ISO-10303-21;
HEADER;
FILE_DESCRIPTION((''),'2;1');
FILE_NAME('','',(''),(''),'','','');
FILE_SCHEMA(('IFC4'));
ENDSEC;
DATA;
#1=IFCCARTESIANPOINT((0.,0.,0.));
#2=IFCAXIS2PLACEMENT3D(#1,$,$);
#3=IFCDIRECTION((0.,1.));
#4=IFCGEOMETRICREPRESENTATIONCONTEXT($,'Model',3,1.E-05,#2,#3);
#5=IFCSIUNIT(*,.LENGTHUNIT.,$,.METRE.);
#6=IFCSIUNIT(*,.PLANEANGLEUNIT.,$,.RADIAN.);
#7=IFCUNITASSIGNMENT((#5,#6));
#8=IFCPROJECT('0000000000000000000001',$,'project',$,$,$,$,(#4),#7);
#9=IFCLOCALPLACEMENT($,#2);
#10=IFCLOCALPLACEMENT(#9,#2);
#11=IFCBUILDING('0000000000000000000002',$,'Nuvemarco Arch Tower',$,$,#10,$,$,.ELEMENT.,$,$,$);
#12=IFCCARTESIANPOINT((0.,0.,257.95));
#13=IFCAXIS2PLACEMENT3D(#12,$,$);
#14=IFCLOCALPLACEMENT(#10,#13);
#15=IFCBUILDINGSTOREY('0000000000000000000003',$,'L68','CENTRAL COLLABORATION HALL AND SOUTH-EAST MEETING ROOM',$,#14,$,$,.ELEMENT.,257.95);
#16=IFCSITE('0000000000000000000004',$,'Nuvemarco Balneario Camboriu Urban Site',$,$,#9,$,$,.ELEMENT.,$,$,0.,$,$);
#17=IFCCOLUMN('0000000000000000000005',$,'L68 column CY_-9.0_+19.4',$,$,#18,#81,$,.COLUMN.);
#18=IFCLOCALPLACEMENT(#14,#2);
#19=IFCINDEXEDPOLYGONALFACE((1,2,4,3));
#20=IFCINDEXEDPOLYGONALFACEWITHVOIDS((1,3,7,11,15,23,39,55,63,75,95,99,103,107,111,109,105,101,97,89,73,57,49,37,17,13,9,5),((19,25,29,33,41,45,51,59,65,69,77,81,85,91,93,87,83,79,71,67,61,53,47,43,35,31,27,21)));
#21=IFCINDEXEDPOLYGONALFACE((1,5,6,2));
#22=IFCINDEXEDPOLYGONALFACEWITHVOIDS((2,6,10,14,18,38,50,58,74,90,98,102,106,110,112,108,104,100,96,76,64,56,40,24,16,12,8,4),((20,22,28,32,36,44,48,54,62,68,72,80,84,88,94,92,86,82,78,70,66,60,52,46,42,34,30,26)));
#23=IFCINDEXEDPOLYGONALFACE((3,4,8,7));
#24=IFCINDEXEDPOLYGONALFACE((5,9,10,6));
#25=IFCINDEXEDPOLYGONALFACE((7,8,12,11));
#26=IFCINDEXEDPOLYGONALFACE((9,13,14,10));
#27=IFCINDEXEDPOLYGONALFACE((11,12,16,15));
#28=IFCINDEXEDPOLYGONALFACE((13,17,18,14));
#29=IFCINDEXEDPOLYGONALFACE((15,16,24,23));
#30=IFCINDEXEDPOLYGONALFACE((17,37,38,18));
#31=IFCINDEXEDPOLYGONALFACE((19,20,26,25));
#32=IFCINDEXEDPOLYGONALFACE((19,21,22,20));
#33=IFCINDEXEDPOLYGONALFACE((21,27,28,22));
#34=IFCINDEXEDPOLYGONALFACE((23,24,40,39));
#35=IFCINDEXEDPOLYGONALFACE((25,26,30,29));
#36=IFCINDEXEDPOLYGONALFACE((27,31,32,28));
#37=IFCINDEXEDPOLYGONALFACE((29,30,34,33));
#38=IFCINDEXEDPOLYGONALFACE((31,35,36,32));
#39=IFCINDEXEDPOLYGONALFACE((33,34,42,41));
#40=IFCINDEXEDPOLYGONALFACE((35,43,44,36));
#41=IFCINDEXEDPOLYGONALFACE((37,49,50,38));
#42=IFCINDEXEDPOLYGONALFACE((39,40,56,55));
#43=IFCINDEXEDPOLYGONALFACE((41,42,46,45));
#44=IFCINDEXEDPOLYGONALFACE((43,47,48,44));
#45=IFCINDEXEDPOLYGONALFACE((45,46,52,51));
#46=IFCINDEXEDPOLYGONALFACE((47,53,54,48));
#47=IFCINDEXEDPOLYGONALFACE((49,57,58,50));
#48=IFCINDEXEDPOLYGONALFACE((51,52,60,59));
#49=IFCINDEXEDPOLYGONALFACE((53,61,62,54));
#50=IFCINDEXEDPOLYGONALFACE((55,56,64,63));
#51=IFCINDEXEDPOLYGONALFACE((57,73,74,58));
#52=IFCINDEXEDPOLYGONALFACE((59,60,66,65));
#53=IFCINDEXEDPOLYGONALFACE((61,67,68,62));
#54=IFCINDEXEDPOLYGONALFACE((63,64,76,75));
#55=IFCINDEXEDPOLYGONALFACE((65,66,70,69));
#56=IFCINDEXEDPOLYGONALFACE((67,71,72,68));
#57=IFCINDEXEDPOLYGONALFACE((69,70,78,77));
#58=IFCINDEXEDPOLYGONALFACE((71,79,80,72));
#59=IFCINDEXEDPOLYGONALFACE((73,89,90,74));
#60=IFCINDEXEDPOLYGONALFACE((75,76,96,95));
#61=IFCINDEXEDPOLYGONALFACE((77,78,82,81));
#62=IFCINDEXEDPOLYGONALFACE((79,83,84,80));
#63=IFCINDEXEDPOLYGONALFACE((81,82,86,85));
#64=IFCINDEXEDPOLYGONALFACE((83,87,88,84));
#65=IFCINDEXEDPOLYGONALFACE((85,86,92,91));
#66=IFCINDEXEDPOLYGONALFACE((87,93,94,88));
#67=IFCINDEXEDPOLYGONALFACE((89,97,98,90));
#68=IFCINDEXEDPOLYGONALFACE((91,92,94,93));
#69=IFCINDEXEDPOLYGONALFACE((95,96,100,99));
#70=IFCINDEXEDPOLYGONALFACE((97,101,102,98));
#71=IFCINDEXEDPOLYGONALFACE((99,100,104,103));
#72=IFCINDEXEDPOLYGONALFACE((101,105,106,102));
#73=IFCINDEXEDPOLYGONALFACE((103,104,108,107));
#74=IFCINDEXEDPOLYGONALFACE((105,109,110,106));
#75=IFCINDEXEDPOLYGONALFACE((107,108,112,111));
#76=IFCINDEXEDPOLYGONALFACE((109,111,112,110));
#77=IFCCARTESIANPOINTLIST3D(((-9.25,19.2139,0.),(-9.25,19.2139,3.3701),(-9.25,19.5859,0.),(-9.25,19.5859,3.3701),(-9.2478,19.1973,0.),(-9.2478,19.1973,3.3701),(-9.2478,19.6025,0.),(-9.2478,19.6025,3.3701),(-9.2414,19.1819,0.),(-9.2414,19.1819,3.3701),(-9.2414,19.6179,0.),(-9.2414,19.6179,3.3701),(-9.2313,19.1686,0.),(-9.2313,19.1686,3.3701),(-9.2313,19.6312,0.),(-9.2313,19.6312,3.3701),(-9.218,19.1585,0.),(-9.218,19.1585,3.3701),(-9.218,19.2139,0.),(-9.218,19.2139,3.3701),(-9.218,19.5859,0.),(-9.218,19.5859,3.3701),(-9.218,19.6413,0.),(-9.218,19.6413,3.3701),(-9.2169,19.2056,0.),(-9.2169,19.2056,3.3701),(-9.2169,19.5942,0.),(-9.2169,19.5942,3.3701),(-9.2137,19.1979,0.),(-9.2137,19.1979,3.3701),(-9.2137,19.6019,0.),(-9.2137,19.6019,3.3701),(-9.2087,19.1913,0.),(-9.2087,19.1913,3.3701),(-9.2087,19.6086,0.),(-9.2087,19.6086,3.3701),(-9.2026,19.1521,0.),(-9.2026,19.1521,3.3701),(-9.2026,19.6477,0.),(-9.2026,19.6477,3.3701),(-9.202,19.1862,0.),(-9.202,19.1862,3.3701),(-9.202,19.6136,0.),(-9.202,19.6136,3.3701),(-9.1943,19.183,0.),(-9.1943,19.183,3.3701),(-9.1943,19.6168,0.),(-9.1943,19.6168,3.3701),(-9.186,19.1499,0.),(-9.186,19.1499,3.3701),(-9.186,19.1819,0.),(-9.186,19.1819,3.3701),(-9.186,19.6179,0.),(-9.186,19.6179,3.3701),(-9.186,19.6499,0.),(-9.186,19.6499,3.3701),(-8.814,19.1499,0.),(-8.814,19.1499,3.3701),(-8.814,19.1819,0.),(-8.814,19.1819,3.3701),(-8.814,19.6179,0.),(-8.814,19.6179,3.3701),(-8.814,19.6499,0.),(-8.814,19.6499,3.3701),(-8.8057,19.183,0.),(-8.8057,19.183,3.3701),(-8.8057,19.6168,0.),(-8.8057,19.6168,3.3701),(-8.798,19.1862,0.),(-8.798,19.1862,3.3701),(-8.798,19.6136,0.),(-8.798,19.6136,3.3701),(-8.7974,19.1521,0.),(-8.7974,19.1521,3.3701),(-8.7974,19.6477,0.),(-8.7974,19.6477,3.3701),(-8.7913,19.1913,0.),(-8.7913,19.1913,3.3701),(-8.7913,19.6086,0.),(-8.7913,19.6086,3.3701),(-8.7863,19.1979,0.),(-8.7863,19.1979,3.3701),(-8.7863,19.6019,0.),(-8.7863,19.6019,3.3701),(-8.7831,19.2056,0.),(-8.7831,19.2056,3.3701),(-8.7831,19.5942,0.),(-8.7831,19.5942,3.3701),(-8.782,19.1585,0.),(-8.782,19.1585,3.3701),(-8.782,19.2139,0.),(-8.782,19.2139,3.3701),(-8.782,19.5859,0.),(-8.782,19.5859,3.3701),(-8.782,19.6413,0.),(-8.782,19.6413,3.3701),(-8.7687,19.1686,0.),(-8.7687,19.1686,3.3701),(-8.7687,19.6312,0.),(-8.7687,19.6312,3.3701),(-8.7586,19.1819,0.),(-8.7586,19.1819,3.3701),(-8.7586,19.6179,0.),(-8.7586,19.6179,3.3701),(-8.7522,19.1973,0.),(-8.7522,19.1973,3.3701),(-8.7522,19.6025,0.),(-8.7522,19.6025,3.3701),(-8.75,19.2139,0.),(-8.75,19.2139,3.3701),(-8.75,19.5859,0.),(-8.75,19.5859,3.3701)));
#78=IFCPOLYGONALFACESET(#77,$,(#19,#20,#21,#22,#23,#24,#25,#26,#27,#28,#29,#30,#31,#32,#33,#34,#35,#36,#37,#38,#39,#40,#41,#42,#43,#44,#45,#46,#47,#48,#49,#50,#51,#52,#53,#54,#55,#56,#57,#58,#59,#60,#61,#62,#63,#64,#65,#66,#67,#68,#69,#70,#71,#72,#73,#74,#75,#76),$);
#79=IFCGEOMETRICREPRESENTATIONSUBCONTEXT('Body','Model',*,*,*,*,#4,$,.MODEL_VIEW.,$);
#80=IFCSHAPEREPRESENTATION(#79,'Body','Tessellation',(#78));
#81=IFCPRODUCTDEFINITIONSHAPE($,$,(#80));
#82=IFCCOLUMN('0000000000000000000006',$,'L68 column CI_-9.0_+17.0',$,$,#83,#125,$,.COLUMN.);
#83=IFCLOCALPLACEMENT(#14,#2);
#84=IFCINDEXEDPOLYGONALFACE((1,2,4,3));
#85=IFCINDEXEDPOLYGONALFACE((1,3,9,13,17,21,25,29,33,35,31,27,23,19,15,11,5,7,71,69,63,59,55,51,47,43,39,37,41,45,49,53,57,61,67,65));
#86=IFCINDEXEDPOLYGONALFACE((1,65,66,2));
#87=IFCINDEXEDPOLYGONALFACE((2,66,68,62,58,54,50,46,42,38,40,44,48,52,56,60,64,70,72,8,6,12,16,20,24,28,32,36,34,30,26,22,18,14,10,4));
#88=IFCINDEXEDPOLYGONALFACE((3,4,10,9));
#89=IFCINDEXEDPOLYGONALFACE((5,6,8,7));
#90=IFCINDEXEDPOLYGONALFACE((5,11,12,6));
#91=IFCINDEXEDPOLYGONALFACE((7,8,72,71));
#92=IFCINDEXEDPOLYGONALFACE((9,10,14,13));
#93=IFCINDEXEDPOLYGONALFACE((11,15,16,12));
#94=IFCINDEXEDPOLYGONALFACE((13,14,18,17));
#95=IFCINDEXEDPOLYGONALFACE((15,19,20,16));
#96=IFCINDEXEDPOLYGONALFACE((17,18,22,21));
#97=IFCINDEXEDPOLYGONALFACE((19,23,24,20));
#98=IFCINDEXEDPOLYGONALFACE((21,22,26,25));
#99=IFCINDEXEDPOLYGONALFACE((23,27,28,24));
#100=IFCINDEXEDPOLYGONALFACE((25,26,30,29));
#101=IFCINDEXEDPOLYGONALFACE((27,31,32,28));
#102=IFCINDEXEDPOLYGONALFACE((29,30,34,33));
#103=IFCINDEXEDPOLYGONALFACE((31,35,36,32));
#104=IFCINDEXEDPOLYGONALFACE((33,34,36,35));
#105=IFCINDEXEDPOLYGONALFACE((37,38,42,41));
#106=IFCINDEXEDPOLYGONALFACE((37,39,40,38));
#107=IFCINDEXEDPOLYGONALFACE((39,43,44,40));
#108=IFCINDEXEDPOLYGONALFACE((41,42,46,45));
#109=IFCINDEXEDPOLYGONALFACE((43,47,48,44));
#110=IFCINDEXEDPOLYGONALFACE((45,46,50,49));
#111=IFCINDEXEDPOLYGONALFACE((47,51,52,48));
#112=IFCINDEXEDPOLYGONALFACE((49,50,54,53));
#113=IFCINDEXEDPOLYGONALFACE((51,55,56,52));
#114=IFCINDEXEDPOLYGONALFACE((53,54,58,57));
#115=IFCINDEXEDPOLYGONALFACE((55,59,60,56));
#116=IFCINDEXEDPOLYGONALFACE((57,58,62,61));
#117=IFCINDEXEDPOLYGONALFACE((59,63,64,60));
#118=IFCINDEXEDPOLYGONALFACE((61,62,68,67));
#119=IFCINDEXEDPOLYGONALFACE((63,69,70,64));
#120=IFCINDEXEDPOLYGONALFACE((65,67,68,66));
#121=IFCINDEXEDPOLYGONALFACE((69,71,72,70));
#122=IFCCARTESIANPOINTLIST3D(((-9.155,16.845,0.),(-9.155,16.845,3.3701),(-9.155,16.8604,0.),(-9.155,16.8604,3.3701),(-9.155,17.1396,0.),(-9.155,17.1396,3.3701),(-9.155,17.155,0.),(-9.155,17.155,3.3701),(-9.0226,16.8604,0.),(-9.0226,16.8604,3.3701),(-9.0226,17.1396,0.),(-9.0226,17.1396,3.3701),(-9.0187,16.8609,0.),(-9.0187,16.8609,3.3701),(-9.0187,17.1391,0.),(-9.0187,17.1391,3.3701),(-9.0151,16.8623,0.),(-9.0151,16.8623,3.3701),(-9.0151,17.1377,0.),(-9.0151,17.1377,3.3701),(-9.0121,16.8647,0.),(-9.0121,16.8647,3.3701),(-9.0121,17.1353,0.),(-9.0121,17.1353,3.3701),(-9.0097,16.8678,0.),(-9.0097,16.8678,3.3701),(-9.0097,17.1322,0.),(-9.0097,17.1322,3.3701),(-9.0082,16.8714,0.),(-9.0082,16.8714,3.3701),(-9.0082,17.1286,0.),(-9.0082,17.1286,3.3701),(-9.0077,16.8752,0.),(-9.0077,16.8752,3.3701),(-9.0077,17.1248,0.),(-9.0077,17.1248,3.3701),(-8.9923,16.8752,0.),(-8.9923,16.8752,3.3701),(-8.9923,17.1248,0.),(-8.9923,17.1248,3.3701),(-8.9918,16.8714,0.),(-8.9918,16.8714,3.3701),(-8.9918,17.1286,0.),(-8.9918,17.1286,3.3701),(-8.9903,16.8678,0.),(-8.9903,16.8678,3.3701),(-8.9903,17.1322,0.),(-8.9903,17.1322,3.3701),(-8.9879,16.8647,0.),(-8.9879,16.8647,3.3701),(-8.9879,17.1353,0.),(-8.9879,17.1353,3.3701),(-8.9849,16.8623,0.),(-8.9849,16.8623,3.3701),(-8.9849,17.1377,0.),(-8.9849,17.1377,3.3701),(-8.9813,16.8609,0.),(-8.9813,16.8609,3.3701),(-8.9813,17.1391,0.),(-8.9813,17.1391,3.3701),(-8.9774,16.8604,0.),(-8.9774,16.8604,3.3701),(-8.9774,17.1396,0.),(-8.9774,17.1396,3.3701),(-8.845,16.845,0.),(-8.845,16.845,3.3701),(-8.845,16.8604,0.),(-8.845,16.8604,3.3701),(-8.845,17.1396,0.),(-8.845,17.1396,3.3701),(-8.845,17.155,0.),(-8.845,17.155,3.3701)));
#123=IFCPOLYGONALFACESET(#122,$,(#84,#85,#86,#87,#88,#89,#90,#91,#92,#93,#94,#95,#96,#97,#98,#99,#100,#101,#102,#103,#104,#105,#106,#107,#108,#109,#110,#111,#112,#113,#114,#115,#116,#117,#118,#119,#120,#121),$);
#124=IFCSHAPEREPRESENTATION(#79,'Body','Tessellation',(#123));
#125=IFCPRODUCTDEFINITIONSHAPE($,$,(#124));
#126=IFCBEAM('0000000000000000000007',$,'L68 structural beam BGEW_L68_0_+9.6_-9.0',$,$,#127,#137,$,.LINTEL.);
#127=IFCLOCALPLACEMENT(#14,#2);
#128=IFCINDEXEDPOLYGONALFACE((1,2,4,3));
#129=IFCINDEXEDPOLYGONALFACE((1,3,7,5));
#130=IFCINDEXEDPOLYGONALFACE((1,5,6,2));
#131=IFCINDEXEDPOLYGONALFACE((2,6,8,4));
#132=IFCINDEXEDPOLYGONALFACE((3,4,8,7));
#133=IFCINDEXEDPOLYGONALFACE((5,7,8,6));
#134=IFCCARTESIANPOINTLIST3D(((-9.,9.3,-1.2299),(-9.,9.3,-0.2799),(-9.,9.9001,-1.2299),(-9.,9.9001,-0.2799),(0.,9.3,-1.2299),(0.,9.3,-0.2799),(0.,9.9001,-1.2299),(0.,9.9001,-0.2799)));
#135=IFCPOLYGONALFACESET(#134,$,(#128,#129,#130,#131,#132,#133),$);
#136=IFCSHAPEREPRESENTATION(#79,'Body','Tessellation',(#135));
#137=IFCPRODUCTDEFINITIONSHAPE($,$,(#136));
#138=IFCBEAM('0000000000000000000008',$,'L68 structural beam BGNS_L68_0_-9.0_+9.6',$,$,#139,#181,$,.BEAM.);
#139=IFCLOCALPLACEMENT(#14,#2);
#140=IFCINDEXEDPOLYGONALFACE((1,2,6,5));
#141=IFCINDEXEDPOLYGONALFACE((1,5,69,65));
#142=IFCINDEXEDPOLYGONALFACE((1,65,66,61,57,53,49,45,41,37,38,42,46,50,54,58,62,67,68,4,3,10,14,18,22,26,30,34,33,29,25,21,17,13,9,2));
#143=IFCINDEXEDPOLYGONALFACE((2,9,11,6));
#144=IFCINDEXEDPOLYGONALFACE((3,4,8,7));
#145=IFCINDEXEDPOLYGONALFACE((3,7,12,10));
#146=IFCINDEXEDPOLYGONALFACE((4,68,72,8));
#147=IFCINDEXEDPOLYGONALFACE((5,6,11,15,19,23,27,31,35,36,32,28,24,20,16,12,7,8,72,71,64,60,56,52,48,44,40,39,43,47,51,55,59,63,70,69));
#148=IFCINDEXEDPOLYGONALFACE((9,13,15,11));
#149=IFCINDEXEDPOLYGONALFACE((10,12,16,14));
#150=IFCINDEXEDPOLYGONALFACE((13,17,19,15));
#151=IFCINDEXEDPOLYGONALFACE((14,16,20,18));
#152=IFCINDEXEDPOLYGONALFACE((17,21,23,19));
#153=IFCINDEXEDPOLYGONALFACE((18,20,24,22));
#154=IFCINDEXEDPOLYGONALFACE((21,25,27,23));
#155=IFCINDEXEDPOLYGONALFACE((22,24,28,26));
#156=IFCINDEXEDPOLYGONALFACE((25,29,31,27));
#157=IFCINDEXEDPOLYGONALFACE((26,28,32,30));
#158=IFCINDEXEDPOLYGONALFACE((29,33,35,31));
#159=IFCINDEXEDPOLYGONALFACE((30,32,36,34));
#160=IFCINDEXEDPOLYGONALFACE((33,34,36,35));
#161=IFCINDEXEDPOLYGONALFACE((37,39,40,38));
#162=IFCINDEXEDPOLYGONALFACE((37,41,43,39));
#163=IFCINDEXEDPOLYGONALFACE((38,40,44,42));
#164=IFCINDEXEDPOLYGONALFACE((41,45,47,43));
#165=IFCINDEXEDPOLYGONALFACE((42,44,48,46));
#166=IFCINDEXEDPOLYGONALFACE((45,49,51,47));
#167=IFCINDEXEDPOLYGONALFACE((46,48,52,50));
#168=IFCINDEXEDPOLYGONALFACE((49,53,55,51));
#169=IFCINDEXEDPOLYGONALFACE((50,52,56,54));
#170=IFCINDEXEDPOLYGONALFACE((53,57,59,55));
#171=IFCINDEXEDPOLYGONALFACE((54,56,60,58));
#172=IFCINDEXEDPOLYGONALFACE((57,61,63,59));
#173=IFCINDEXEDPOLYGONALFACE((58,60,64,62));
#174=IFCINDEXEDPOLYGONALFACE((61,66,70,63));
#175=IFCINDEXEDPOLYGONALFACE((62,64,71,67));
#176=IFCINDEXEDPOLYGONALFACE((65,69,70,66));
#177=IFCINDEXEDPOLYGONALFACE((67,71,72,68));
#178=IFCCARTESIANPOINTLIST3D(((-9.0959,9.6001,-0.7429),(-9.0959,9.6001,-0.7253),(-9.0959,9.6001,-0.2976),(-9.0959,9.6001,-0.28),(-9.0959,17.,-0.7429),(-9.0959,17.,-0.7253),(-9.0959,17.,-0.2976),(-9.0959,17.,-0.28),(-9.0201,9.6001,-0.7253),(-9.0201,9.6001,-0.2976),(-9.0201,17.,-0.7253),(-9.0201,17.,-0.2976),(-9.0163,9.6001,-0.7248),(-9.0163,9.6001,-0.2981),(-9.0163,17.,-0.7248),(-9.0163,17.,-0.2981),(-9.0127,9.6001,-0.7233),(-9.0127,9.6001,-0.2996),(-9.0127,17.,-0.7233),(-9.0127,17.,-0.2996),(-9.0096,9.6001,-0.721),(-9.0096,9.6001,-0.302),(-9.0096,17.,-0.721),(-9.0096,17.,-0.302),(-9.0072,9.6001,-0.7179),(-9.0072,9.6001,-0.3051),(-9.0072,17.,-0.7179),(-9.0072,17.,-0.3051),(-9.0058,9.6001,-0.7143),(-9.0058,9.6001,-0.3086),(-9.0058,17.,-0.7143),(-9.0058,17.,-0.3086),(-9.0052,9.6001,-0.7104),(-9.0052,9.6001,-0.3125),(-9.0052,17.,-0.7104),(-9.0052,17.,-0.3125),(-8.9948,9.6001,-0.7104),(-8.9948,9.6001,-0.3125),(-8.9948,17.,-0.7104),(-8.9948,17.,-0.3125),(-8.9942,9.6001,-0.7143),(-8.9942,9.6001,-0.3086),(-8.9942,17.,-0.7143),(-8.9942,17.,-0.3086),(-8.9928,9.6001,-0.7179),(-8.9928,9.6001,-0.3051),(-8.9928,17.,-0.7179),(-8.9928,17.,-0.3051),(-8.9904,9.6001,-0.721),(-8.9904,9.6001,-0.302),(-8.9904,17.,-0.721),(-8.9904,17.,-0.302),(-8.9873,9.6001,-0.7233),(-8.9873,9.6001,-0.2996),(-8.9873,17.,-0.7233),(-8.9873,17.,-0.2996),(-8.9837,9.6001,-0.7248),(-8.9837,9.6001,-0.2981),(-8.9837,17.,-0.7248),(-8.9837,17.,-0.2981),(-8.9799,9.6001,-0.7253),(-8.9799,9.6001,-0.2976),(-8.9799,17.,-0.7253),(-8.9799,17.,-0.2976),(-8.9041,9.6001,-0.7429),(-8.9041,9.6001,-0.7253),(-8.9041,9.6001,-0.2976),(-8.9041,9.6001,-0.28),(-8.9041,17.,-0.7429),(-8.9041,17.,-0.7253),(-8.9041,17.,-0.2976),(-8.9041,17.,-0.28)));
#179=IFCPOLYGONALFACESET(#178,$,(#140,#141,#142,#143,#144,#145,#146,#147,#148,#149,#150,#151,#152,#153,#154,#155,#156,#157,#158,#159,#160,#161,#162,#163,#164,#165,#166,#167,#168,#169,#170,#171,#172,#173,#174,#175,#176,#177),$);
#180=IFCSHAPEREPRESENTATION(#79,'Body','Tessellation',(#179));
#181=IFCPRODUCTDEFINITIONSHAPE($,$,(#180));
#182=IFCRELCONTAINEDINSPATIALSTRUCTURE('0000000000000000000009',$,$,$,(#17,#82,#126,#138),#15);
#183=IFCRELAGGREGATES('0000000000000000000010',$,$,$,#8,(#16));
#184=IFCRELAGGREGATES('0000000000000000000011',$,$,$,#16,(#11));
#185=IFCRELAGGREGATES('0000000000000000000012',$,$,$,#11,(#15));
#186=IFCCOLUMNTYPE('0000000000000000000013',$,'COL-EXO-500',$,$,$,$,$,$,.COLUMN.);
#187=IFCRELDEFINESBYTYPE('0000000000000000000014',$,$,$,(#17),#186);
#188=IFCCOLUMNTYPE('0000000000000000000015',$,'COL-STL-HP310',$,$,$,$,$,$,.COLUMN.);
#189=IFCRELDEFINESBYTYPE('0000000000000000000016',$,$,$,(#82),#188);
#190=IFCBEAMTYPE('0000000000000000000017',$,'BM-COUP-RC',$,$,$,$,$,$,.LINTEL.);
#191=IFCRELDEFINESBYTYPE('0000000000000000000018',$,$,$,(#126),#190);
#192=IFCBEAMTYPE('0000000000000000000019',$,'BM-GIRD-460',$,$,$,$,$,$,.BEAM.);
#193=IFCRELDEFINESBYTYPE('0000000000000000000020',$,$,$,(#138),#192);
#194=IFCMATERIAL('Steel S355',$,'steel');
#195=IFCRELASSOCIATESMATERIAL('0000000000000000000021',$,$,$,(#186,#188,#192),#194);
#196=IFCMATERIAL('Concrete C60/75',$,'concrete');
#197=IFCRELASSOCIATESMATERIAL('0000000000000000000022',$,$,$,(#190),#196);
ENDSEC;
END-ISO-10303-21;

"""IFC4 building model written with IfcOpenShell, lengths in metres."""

from ifc_helpers import new_model, si_unit, direction, frame, origin, origin_2d, place, context, subcontext, project, spatial, rectangle, hollow_rectangle, i_section, extrude, material, material_profile, profile_set, type_object, element, save


model = new_model("IFC4")

# Units and contexts
model_context = context("Model", 3, precision=1e-05, world=origin(), true_north=direction((0.0, 1.0)))
body_context = subcontext(model_context, "Body", "Model", "MODEL_VIEW")
ifc_project = project(units=[si_unit("LENGTHUNIT", "METRE"), si_unit("PLANEANGLEUNIT", "RADIAN")], contexts=[model_context])

# Site, building, storey
site_placement = place(None, origin())
site = spatial("IfcSite", under=ifc_project, at=site_placement, Name="Nuvemarco Balneario Camboriu Urban Site", CompositionType="ELEMENT", RefElevation=0.0)
building_placement = place(site_placement, origin())
building = spatial("IfcBuilding", under=site, at=building_placement, Name="Nuvemarco Arch Tower", CompositionType="ELEMENT")
storey_placement = place(building_placement, frame((0.0, 0.0, 257.95)))
storey = spatial("IfcBuildingStorey", under=building, at=storey_placement, Name="L68", Description="CENTRAL COLLABORATION HALL AND SOUTH-EAST MEETING ROOM", CompositionType="ELEMENT", Elevation=257.95)

# Columns
ifc_material_1 = material(Name="Steel S355", Category="steel")
ifc_material_profile_1 = material_profile(ifc_material_1, hollow_rectangle(XDim=0.5, YDim=0.5, WallThickness=0.032, InnerFilletRadius=0.032, OuterFilletRadius=0.064, at=origin_2d()), Name="SHS500x500x32")
ifc_profile_set_1 = profile_set([ifc_material_profile_1], Name="Steel S355")
column_type_1 = type_object("IfcColumnType", Name="COL-EXO-500", PredefinedType="COLUMN", material=ifc_profile_set_1)
column_1_placement = place(storey_placement, frame((-9.0, 19.3999, 0.0), z_axis=(0.0, 0.0, 1.0), x_axis=(1.0, 0.0, 0.0)))
element("IfcColumn", 1, at=column_1_placement, inside=storey, type_object=column_type_1, Name="L68 column CY_-9.0_+19.4", PredefinedType="COLUMN", context=body_context, shape_type="SweptSolid", body=[
    extrude(hollow_rectangle(XDim=0.5, YDim=0.5, WallThickness=0.032, InnerFilletRadius=0.032, OuterFilletRadius=0.064, at=origin_2d()), origin(), (0.0, 0.0, 1.0), 3.3701),
])
ifc_material_profile_2 = material_profile(ifc_material_1, i_section(OverallWidth=0.3101, OverallDepth=0.3101, WebThickness=0.0154, FlangeThickness=0.0154, FilletRadius=0.0149, at=origin_2d()), Name="HP310x110")
ifc_profile_set_2 = profile_set([ifc_material_profile_2], Name="Steel S355")
column_type_2 = type_object("IfcColumnType", Name="COL-STL-HP310", PredefinedType="COLUMN", material=ifc_profile_set_2)
column_2_placement = place(storey_placement, frame((-9.0, 17.0, 0.0), z_axis=(0.0, 0.0, 1.0), x_axis=(1.0, 0.0, 0.0)))
element("IfcColumn", 2, at=column_2_placement, inside=storey, type_object=column_type_2, Name="L68 column CI_-9.0_+17.0", PredefinedType="COLUMN", context=body_context, shape_type="SweptSolid", body=[
    extrude(i_section(OverallWidth=0.3101, OverallDepth=0.3101, WebThickness=0.0154, FlangeThickness=0.0154, FilletRadius=0.0149, at=origin_2d()), origin(), (0.0, 0.0, 1.0), 3.3701),
])

# Beams
ifc_material_2 = material(Name="Concrete C60/75", Category="concrete")
ifc_material_profile_3 = material_profile(ifc_material_2, rectangle(XDim=0.6001, YDim=0.95, at=origin_2d()), Name="RC-BM-600x950")
ifc_profile_set_3 = profile_set([ifc_material_profile_3], Name="Concrete C60/75")
beam_type_1 = type_object("IfcBeamType", Name="BM-COUP-RC", PredefinedType="LINTEL", material=ifc_profile_set_3)
beam_1_placement = place(storey_placement, frame((-9.0, 9.6001, -0.7549), z_axis=(1.0, 0.0, 0.0), x_axis=(0.0, 1.0, 0.0)))
element("IfcBeam", 3, at=beam_1_placement, inside=storey, type_object=beam_type_1, Name="L68 structural beam BGEW_L68_0_+9.6_-9.0", PredefinedType="LINTEL", context=body_context, shape_type="SweptSolid", body=[
    extrude(rectangle(XDim=0.6001, YDim=0.95, at=origin_2d()), origin(), (0.0, 0.0, 1.0), 9.0),
])
ifc_material_profile_4 = material_profile(ifc_material_1, i_section(OverallWidth=0.1919, OverallDepth=0.4629, WebThickness=0.0105, FlangeThickness=0.0176, FilletRadius=0.0149, at=origin_2d()), Name="W460x89")
ifc_profile_set_4 = profile_set([ifc_material_profile_4], Name="Steel S355")
beam_type_2 = type_object("IfcBeamType", Name="BM-GIRD-460", PredefinedType="BEAM", material=ifc_profile_set_4)
beam_2_placement = place(storey_placement, frame((-9.0, 9.6001, -0.5115), z_axis=(0.0, 1.0, 0.0), x_axis=(-1.0, 0.0, 0.0)))
element("IfcBeam", 4, at=beam_2_placement, inside=storey, type_object=beam_type_2, Name="L68 structural beam BGNS_L68_0_-9.0_+9.6", PredefinedType="BEAM", context=body_context, shape_type="SweptSolid", body=[
    extrude(i_section(OverallWidth=0.1919, OverallDepth=0.4629, WebThickness=0.0105, FlangeThickness=0.0176, FilletRadius=0.0149, at=origin_2d()), origin(), (0.0, 0.0, 1.0), 7.3999),
])

save(model, "model.ifc")
